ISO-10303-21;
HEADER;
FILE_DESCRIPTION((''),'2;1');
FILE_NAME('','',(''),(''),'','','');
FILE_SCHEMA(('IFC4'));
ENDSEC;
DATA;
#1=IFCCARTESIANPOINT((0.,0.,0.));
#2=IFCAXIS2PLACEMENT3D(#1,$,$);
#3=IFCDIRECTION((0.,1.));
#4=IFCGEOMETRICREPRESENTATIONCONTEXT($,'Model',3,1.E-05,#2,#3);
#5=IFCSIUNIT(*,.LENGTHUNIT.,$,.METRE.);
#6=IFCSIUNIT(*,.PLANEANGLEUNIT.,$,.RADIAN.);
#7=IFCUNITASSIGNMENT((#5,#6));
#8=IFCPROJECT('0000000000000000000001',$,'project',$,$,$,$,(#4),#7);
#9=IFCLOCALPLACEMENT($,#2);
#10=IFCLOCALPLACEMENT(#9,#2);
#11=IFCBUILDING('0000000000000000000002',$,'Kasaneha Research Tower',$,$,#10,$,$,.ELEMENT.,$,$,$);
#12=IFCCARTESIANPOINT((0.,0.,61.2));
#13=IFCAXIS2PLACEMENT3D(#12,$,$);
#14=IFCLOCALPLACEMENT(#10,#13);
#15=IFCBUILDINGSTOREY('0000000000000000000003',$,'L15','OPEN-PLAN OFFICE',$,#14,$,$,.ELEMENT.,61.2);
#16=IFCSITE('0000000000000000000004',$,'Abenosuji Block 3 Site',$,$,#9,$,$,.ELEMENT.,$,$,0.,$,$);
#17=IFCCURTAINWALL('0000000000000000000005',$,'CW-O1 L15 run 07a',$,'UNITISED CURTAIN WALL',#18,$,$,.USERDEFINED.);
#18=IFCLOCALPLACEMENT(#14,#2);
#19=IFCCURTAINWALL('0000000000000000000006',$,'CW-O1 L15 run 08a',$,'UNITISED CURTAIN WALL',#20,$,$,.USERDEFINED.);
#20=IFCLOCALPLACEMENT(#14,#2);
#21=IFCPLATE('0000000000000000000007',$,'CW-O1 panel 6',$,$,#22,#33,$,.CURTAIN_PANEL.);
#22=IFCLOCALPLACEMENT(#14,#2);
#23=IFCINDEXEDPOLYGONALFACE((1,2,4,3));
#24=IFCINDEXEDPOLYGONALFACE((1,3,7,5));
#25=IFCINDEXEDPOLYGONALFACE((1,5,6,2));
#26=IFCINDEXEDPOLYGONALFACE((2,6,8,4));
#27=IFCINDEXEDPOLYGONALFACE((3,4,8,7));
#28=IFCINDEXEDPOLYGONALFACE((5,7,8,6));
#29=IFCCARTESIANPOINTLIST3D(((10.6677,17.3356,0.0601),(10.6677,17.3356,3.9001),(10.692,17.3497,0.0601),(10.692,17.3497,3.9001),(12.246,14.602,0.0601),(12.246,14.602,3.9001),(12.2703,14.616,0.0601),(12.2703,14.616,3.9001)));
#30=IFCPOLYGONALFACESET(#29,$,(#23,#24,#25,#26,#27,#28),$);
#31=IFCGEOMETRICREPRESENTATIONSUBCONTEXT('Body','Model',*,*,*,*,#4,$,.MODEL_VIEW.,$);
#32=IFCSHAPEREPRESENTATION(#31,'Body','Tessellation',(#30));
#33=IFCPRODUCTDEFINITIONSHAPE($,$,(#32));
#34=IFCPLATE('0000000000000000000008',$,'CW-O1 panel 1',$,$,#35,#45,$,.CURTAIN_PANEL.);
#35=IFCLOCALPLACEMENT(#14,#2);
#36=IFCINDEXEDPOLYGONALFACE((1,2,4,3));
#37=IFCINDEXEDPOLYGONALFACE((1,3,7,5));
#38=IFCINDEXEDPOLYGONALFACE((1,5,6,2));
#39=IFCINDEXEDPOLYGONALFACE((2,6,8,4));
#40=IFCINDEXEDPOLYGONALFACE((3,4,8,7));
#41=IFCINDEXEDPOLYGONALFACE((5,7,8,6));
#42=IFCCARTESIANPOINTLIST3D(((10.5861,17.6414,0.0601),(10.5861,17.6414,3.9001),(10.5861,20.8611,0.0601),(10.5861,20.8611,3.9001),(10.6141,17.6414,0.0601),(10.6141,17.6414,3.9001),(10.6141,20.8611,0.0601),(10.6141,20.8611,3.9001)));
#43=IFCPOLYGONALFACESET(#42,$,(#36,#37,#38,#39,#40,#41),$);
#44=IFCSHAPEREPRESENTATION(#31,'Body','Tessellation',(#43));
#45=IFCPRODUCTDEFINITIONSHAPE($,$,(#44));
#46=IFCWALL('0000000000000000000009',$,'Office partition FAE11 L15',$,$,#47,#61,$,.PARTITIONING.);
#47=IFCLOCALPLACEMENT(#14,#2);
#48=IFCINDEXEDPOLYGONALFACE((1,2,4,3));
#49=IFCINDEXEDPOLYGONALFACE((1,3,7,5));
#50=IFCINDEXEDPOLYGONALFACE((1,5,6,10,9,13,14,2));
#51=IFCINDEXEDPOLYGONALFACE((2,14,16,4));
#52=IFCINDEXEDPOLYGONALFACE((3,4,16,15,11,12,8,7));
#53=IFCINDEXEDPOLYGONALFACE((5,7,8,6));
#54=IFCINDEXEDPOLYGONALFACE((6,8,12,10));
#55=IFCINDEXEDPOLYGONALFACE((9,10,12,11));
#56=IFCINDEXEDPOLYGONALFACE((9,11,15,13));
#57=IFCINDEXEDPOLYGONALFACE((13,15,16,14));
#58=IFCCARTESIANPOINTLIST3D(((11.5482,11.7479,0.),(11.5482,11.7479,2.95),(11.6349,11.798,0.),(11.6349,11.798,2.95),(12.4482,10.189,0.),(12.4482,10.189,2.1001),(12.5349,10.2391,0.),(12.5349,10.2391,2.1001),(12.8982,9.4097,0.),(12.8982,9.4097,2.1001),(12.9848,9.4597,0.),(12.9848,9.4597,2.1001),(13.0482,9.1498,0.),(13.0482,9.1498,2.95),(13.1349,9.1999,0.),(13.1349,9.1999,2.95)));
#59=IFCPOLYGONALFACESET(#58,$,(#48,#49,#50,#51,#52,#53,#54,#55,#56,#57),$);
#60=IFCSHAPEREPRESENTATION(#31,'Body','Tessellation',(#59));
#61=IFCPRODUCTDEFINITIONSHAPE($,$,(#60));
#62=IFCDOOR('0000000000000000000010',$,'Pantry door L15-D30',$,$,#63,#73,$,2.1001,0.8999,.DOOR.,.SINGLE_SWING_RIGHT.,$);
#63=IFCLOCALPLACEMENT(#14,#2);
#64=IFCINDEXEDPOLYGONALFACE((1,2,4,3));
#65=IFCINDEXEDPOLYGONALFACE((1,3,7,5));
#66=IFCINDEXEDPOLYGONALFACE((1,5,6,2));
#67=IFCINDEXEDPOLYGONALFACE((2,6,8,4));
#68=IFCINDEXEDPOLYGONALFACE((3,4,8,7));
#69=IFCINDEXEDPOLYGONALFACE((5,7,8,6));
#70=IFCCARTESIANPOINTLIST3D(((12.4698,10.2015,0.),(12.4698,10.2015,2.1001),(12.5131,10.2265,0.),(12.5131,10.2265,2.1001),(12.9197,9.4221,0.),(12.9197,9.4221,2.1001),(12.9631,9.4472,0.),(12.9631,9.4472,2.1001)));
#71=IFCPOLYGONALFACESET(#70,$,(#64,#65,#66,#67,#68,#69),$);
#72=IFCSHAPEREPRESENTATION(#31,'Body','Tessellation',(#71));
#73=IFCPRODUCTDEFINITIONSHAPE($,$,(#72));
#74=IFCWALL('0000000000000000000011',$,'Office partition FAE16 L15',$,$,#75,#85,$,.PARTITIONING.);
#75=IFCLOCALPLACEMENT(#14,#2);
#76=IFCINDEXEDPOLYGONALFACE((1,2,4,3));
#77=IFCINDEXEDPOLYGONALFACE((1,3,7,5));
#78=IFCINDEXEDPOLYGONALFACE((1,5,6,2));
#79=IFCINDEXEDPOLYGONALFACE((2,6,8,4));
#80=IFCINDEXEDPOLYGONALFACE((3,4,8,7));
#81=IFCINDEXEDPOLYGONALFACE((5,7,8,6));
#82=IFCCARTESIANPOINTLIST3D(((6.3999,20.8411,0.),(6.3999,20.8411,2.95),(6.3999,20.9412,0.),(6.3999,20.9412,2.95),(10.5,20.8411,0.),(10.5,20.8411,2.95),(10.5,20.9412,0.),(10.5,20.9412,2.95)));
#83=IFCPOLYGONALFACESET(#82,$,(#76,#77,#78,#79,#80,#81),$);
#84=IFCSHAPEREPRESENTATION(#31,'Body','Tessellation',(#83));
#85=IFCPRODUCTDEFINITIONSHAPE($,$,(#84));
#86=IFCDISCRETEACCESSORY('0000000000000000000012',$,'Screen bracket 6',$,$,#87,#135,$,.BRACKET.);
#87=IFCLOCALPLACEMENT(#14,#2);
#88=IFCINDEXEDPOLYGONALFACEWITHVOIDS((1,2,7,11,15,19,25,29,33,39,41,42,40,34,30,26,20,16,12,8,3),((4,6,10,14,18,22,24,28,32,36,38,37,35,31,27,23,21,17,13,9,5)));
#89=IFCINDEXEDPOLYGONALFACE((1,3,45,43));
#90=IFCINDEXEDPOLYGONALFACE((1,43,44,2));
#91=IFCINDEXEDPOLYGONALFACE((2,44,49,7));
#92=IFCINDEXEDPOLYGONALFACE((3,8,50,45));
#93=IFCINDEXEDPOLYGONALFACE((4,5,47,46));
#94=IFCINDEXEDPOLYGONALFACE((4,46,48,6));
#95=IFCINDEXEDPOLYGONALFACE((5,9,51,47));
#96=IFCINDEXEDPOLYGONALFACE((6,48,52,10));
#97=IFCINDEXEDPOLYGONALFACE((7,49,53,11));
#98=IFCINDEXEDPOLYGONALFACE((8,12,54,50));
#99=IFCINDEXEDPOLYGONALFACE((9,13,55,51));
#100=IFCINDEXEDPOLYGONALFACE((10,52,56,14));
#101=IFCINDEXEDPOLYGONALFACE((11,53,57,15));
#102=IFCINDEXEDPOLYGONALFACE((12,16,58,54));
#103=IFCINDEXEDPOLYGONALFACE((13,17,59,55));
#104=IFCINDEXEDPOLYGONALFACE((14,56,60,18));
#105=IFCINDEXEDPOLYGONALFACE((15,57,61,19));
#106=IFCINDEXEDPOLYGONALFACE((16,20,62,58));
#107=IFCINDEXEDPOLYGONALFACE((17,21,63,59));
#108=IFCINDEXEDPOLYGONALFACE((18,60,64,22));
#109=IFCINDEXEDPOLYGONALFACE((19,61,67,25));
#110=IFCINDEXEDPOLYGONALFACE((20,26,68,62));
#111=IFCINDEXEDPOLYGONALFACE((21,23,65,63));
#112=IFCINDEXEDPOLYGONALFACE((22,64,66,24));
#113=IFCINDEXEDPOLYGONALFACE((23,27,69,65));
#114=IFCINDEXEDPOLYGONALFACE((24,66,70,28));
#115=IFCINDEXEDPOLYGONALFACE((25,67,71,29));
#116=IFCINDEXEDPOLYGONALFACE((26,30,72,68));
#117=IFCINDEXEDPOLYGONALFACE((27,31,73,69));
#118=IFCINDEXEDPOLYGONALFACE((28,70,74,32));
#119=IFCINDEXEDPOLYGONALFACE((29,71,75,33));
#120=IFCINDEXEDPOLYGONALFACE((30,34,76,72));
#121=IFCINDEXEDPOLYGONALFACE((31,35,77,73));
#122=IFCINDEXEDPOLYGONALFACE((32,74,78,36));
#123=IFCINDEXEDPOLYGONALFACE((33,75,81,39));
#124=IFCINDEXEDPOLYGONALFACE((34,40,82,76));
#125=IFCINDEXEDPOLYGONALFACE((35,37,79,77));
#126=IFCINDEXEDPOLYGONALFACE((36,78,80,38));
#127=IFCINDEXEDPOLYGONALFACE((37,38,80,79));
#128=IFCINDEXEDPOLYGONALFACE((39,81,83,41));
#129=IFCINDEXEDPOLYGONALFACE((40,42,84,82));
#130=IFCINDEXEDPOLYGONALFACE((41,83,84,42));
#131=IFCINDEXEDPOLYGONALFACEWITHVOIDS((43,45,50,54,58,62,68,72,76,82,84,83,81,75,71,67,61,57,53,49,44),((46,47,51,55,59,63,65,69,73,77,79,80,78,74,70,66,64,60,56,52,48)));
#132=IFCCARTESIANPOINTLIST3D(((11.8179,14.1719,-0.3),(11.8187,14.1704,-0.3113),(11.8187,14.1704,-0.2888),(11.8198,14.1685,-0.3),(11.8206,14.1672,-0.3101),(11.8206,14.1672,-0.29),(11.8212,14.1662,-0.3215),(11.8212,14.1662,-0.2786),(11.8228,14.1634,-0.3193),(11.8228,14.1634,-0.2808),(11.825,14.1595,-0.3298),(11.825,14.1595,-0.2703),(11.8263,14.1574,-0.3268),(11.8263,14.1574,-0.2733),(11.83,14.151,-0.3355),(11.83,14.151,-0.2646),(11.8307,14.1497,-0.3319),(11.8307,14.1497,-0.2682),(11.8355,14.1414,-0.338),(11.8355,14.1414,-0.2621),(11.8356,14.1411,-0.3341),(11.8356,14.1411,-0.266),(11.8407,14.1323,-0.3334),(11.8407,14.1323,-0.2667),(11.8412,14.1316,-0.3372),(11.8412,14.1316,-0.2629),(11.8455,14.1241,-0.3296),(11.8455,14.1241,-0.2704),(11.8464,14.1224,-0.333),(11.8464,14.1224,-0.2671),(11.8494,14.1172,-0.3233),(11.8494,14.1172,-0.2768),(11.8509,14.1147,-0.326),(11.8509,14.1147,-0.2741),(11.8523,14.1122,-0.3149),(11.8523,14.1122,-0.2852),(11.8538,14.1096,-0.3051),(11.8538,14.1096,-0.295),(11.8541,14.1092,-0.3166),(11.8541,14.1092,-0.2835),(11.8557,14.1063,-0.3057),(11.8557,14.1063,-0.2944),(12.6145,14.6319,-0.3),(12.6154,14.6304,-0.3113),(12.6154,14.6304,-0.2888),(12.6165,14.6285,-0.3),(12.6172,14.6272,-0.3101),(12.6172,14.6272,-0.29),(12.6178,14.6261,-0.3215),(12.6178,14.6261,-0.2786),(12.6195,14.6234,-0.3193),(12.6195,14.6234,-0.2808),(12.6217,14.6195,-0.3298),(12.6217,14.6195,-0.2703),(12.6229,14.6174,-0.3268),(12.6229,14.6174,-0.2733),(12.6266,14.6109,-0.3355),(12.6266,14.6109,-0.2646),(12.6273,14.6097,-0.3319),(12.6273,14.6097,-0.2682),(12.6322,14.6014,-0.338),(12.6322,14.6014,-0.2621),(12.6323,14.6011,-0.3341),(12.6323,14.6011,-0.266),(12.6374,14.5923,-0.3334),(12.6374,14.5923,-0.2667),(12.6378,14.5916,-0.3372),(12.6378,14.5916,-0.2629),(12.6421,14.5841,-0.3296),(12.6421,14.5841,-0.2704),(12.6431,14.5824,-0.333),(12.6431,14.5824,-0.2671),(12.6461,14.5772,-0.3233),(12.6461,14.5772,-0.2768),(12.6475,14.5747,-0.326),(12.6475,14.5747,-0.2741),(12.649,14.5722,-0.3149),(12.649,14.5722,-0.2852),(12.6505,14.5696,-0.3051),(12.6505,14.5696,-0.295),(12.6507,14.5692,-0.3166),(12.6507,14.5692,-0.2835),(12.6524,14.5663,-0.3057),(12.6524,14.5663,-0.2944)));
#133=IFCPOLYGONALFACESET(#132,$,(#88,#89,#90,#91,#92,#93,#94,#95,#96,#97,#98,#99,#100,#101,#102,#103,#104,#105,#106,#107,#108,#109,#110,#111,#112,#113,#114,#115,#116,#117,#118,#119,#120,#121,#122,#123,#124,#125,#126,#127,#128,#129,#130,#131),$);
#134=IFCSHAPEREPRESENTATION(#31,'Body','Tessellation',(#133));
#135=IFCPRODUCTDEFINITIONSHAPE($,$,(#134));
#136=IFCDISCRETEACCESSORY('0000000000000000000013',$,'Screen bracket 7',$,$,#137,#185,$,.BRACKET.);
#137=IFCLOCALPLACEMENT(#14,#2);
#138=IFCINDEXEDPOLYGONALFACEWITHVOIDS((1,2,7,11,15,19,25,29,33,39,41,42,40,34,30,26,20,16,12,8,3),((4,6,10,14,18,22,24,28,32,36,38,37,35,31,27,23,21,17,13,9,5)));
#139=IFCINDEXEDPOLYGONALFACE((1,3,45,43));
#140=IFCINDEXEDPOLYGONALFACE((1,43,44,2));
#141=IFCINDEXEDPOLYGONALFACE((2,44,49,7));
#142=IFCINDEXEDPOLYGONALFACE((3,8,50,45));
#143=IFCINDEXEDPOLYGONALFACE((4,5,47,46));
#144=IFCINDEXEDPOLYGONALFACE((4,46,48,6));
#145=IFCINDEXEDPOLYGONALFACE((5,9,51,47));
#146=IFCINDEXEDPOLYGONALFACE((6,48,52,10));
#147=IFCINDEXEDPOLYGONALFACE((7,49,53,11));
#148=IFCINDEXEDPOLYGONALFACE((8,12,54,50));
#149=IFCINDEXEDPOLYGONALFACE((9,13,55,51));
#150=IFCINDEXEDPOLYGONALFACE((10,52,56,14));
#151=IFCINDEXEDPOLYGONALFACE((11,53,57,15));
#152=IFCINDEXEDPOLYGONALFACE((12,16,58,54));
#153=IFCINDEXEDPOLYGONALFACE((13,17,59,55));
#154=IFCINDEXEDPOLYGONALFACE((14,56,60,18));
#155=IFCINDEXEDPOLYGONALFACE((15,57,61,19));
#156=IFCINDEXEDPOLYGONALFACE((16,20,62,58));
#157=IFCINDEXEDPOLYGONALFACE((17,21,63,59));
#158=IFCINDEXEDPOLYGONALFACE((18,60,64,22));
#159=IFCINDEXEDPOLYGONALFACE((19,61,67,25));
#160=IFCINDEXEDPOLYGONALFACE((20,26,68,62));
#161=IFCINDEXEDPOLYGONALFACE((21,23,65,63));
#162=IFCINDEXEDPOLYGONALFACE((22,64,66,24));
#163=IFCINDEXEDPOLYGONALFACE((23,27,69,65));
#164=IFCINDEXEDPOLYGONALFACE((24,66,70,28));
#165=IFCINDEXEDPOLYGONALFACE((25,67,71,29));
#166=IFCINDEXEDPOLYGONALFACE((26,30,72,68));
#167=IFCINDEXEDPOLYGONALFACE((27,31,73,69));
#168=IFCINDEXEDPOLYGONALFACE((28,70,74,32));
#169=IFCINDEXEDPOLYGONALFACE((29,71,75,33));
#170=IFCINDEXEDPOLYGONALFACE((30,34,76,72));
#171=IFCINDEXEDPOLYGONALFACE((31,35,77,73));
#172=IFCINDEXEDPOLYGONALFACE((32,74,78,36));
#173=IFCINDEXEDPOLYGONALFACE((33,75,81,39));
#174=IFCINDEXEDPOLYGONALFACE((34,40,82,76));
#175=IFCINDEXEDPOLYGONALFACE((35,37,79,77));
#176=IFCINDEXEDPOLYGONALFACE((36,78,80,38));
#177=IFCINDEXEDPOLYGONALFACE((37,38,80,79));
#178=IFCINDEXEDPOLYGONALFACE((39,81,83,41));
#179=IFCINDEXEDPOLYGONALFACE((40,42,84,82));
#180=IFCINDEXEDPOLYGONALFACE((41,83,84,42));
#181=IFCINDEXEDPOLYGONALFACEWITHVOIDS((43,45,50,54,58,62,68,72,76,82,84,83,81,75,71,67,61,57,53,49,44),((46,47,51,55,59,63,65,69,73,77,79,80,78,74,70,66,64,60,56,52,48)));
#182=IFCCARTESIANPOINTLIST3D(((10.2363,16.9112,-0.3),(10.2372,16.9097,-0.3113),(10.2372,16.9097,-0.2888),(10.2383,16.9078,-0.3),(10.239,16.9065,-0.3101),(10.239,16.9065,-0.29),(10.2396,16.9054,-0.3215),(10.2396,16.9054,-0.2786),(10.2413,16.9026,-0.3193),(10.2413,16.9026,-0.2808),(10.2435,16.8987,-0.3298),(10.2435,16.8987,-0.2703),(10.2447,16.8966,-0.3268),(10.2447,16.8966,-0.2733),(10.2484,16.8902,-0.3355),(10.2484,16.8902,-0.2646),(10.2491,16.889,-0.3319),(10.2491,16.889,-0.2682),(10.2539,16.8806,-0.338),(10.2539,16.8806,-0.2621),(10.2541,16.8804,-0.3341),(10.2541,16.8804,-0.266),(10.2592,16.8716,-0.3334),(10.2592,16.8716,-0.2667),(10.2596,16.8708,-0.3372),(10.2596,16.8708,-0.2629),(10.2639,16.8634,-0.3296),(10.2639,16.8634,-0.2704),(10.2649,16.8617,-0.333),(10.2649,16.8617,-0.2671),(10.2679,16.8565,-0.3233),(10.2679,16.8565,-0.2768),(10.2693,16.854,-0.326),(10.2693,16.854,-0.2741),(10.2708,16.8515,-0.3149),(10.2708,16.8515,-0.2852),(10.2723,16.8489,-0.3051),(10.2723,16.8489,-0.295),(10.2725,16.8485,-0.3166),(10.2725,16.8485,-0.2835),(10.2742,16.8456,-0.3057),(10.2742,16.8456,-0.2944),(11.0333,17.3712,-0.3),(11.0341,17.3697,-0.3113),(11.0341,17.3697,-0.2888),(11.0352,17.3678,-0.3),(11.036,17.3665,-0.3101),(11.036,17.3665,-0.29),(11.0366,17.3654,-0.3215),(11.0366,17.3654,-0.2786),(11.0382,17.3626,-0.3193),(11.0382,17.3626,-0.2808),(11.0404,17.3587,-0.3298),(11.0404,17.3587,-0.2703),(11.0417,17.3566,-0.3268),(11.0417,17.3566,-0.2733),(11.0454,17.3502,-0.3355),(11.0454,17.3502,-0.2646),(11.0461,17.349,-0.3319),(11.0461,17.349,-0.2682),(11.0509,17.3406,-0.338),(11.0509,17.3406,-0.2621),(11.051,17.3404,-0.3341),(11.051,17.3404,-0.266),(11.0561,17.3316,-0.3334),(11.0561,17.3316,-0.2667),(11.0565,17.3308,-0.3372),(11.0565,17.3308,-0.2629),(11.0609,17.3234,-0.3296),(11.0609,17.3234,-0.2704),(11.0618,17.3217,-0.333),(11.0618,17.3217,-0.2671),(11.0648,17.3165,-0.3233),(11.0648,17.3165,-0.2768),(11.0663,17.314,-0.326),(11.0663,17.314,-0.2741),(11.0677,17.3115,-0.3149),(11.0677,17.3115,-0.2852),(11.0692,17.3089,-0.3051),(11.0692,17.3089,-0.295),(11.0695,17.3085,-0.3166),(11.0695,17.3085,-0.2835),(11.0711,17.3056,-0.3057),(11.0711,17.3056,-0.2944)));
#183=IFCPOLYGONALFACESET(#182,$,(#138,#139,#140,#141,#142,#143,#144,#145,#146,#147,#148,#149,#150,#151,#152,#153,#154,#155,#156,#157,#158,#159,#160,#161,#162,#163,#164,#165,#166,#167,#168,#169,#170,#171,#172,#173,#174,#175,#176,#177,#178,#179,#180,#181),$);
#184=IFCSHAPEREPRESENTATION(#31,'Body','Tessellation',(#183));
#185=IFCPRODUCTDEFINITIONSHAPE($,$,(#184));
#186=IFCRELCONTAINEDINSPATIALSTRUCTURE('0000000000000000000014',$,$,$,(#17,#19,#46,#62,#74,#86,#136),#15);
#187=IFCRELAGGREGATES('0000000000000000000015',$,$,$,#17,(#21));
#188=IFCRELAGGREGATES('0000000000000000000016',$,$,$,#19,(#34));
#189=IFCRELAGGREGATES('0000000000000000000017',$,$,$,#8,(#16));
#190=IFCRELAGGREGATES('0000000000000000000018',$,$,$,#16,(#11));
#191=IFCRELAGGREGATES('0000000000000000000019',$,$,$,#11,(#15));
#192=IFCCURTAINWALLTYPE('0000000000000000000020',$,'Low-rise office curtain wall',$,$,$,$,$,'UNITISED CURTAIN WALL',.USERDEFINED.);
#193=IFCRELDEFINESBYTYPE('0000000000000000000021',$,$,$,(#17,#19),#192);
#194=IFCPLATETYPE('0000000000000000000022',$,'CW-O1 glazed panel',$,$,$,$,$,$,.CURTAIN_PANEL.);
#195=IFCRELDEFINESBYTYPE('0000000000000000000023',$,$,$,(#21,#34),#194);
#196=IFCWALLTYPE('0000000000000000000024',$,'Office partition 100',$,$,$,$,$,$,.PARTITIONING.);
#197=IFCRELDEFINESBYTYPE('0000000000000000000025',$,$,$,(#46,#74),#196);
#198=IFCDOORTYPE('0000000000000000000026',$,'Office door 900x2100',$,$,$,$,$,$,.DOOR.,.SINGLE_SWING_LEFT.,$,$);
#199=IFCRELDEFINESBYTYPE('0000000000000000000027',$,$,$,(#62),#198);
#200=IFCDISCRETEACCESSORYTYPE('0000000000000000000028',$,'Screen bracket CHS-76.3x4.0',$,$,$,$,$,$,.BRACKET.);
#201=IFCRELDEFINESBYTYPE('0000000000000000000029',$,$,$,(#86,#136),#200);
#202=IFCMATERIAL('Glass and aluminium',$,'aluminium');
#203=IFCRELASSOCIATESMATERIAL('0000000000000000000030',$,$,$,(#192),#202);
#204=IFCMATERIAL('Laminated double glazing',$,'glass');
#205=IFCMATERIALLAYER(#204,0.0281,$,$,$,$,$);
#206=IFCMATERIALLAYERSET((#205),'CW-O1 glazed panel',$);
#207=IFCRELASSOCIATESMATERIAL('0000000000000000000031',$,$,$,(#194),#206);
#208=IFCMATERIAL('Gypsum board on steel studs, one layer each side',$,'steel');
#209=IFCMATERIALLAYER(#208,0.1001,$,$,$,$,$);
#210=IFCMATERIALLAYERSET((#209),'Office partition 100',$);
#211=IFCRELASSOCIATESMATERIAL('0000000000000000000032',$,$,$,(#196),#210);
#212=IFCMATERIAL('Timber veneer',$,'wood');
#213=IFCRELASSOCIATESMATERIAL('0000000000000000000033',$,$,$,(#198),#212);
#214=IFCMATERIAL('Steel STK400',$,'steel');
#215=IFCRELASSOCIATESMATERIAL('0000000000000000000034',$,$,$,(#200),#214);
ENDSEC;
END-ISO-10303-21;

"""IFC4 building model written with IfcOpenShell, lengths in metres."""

from ifc_helpers import new_model, si_unit, direction, frame, frame_2d, origin, origin_2d, place, context, subcontext, project, spatial, rectangle, hollow_circle, extrude, material, layer, layer_set, material_profile, profile_set, type_object, element, fill, aggregate, save


model = new_model("IFC4")

# Units and contexts
model_context = context("Model", 3, precision=1e-05, world=origin(), true_north=direction((0.0, 1.0)))
body_context = subcontext(model_context, "Body", "Model", "MODEL_VIEW")
ifc_project = project(units=[si_unit("LENGTHUNIT", "METRE"), si_unit("PLANEANGLEUNIT", "RADIAN")], contexts=[model_context])

# Site, building, storey
site_placement = place(None, origin())
site = spatial("IfcSite", under=ifc_project, at=site_placement, Name="Abenosuji Block 3 Site", CompositionType="ELEMENT", RefElevation=0.0)
building_placement = place(site_placement, origin())
building = spatial("IfcBuilding", under=site, at=building_placement, Name="Kasaneha Research Tower", CompositionType="ELEMENT")
storey_placement = place(building_placement, frame((0.0, 0.0, 61.2)))
storey = spatial("IfcBuildingStorey", under=building, at=storey_placement, Name="L15", Description="OPEN-PLAN OFFICE", CompositionType="ELEMENT", Elevation=61.2)

# Curtain walls
ifc_material_1 = material(Name="Glass and aluminium", Category="aluminium")
curtain_wall_type = type_object("IfcCurtainWallType", Name="Low-rise office curtain wall", ElementType="UNITISED CURTAIN WALL", PredefinedType="USERDEFINED", material=ifc_material_1)
curtain_wall_1_placement = place(storey_placement, origin())
curtain_wall_1 = element("IfcCurtainWall", 1, at=curtain_wall_1_placement, inside=storey, type_object=curtain_wall_type, Name="CW-O1 L15 run 07a", ObjectType="UNITISED CURTAIN WALL", PredefinedType="USERDEFINED")
curtain_wall_2_placement = place(storey_placement, origin())
curtain_wall_2 = element("IfcCurtainWall", 2, at=curtain_wall_2_placement, inside=storey, type_object=curtain_wall_type, Name="CW-O1 L15 run 08a", ObjectType="UNITISED CURTAIN WALL", PredefinedType="USERDEFINED")

# Plates
ifc_material_2 = material(Name="Laminated double glazing", Category="glass")
ifc_layer_1 = layer(ifc_material_2, 0.0281)
ifc_layer_set_1 = layer_set([ifc_layer_1], Name="CW-O1 glazed panel")
plate_type = type_object("IfcPlateType", Name="CW-O1 glazed panel", PredefinedType="CURTAIN_PANEL", material=ifc_layer_set_1)
plate_1_placement = place(storey_placement, frame((11.469, 15.9758, 0.0601), z_axis=(0.0, 0.0, 1.0), x_axis=(-0.5, 0.866025, 0.0)))
plate_1 = element("IfcPlate", 3, at=plate_1_placement, type_object=plate_type, Name="CW-O1 panel 6", PredefinedType="CURTAIN_PANEL", context=body_context, shape_type="SweptSolid", body=[
    extrude(rectangle(XDim=3.1565, YDim=0.0281, at=origin_2d()), origin(), (0.0, 0.0, 1.0), 3.8401),
])
aggregate(curtain_wall_1, [plate_1])
plate_2_placement = place(storey_placement, frame((10.6001, 19.2512, 0.0601), z_axis=(0.0, 0.0, 1.0), x_axis=(0.0, 1.0, 0.0)))
plate_2 = element("IfcPlate", 4, at=plate_2_placement, type_object=plate_type, Name="CW-O1 panel 1", PredefinedType="CURTAIN_PANEL", context=body_context, shape_type="SweptSolid", body=[
    extrude(rectangle(XDim=3.2197, YDim=0.0281, at=origin_2d()), origin(), (0.0, 0.0, 1.0), 3.8401),
])
aggregate(curtain_wall_2, [plate_2])

# Wall, opening, door
ifc_material_3 = material(Name="Gypsum board on steel studs, one layer each side", Category="steel")
ifc_layer_2 = layer(ifc_material_3, 0.1001)
ifc_layer_set_2 = layer_set([ifc_layer_2], Name="Office partition 100")
wall_type = type_object("IfcWallType", Name="Office partition 100", PredefinedType="PARTITIONING", material=ifc_layer_set_2)
wall_1_placement = place(storey_placement, frame((11.5916, 11.7729, 0.0), z_axis=(0.0, 0.0, 1.0), x_axis=(0.49999, -0.866031, 0.0)))
wall_1 = element("IfcWall", 5, at=wall_1_placement, inside=storey, type_object=wall_type, Name="Office partition FAE11 L15", PredefinedType="PARTITIONING", context=body_context, shape_type="SweptSolid", body=[
    extrude(rectangle(XDim=3.0, YDim=0.1001, at=frame_2d((1.5, 0.0))), origin(), (0.0, 0.0, 1.0), 2.95),
])
opening_placement = place(wall_1_placement, frame((1.8, 0.0, 0.0)))
opening = element("IfcOpeningElement", 6, at=opening_placement, cuts=wall_1, PredefinedType="OPENING", context=body_context, shape_type="SweptSolid", body=[
    extrude(rectangle(XDim=0.8999, YDim=2.1001, at=frame_2d((0.45, 1.05))), frame((0.0, 0.0601, 0.0), z_axis=(0.0, -1.0, 0.0), x_axis=(1.0, 0.0, 0.0)), (0.0, 0.0, 1.0), 0.1201),
])
ifc_material_4 = material(Name="Timber veneer", Category="wood")
door_type = type_object("IfcDoorType", Name="Office door 900x2100", OperationType="SINGLE_SWING_LEFT", PredefinedType="DOOR", material=ifc_material_4)
door_placement = place(opening_placement, origin())
door = element("IfcDoor", 7, at=door_placement, inside=storey, type_object=door_type, Name="Pantry door L15-D30", OperationType="SINGLE_SWING_RIGHT", OverallHeight=2.1001, OverallWidth=0.8999, PredefinedType="DOOR", context=body_context, shape_type="SweptSolid", body=[
    extrude(rectangle(XDim=0.8999, YDim=2.1001, at=frame_2d((0.45, 1.05))), frame((0.0, 0.0249, 0.0), z_axis=(0.0, -1.0, 0.0), x_axis=(1.0, 0.0, 0.0)), (0.0, 0.0, 1.0), 0.05),
])
fill(opening, door)

# Wall
wall_2_placement = place(storey_placement, frame((10.5, 20.8911, 0.0), z_axis=(0.0, 0.0, 1.0), x_axis=(-1.0, 0.0, 0.0)))
element("IfcWall", 8, at=wall_2_placement, inside=storey, type_object=wall_type, Name="Office partition FAE16 L15", PredefinedType="PARTITIONING", context=body_context, shape_type="SweptSolid", body=[
    extrude(rectangle(XDim=4.1001, YDim=0.1001, at=frame_2d((2.05, 0.0))), origin(), (0.0, 0.0, 1.0), 2.95),
])

# Discrete accessories
ifc_material_5 = material(Name="Steel STK400", Category="steel")
ifc_material_profile_1 = material_profile(ifc_material_5, hollow_circle(Radius=0.0381, WallThickness=0.0039, at=origin_2d()), Name="CHS-76.3x4.0")
ifc_profile_set_1 = profile_set([ifc_material_profile_1], Name="Steel STK400")
discrete_accessory_type = type_object("IfcDiscreteAccessoryType", Name="Screen bracket CHS-76.3x4.0", PredefinedType="BRACKET", material=ifc_profile_set_1)
discrete_accessory_1_placement = place(storey_placement, frame((11.8369, 14.1389, -0.3), z_axis=(0.866013, 0.500021, 0.0), x_axis=(-0.500021, 0.866013, 0.0)))
element("IfcDiscreteAccessory", 9, at=discrete_accessory_1_placement, inside=storey, type_object=discrete_accessory_type, Name="Screen bracket 6", PredefinedType="BRACKET", context=body_context, shape_type="SweptSolid", body=[
    extrude(hollow_circle(Radius=0.0381, WallThickness=0.0039, at=origin_2d()), origin(), (0.0, 0.0, 1.0), 0.9199),
])
discrete_accessory_2_placement = place(storey_placement, frame((10.2554, 16.8782, -0.3), z_axis=(0.86608, 0.499906, 0.0), x_axis=(-0.499906, 0.86608, 0.0)))
element("IfcDiscreteAccessory", 10, at=discrete_accessory_2_placement, inside=storey, type_object=discrete_accessory_type, Name="Screen bracket 7", PredefinedType="BRACKET", context=body_context, shape_type="SweptSolid", body=[
    extrude(hollow_circle(Radius=0.0381, WallThickness=0.0039, at=origin_2d()), origin(), (0.0, 0.0, 1.0), 0.9202),
])

save(model, "model.ifc")
